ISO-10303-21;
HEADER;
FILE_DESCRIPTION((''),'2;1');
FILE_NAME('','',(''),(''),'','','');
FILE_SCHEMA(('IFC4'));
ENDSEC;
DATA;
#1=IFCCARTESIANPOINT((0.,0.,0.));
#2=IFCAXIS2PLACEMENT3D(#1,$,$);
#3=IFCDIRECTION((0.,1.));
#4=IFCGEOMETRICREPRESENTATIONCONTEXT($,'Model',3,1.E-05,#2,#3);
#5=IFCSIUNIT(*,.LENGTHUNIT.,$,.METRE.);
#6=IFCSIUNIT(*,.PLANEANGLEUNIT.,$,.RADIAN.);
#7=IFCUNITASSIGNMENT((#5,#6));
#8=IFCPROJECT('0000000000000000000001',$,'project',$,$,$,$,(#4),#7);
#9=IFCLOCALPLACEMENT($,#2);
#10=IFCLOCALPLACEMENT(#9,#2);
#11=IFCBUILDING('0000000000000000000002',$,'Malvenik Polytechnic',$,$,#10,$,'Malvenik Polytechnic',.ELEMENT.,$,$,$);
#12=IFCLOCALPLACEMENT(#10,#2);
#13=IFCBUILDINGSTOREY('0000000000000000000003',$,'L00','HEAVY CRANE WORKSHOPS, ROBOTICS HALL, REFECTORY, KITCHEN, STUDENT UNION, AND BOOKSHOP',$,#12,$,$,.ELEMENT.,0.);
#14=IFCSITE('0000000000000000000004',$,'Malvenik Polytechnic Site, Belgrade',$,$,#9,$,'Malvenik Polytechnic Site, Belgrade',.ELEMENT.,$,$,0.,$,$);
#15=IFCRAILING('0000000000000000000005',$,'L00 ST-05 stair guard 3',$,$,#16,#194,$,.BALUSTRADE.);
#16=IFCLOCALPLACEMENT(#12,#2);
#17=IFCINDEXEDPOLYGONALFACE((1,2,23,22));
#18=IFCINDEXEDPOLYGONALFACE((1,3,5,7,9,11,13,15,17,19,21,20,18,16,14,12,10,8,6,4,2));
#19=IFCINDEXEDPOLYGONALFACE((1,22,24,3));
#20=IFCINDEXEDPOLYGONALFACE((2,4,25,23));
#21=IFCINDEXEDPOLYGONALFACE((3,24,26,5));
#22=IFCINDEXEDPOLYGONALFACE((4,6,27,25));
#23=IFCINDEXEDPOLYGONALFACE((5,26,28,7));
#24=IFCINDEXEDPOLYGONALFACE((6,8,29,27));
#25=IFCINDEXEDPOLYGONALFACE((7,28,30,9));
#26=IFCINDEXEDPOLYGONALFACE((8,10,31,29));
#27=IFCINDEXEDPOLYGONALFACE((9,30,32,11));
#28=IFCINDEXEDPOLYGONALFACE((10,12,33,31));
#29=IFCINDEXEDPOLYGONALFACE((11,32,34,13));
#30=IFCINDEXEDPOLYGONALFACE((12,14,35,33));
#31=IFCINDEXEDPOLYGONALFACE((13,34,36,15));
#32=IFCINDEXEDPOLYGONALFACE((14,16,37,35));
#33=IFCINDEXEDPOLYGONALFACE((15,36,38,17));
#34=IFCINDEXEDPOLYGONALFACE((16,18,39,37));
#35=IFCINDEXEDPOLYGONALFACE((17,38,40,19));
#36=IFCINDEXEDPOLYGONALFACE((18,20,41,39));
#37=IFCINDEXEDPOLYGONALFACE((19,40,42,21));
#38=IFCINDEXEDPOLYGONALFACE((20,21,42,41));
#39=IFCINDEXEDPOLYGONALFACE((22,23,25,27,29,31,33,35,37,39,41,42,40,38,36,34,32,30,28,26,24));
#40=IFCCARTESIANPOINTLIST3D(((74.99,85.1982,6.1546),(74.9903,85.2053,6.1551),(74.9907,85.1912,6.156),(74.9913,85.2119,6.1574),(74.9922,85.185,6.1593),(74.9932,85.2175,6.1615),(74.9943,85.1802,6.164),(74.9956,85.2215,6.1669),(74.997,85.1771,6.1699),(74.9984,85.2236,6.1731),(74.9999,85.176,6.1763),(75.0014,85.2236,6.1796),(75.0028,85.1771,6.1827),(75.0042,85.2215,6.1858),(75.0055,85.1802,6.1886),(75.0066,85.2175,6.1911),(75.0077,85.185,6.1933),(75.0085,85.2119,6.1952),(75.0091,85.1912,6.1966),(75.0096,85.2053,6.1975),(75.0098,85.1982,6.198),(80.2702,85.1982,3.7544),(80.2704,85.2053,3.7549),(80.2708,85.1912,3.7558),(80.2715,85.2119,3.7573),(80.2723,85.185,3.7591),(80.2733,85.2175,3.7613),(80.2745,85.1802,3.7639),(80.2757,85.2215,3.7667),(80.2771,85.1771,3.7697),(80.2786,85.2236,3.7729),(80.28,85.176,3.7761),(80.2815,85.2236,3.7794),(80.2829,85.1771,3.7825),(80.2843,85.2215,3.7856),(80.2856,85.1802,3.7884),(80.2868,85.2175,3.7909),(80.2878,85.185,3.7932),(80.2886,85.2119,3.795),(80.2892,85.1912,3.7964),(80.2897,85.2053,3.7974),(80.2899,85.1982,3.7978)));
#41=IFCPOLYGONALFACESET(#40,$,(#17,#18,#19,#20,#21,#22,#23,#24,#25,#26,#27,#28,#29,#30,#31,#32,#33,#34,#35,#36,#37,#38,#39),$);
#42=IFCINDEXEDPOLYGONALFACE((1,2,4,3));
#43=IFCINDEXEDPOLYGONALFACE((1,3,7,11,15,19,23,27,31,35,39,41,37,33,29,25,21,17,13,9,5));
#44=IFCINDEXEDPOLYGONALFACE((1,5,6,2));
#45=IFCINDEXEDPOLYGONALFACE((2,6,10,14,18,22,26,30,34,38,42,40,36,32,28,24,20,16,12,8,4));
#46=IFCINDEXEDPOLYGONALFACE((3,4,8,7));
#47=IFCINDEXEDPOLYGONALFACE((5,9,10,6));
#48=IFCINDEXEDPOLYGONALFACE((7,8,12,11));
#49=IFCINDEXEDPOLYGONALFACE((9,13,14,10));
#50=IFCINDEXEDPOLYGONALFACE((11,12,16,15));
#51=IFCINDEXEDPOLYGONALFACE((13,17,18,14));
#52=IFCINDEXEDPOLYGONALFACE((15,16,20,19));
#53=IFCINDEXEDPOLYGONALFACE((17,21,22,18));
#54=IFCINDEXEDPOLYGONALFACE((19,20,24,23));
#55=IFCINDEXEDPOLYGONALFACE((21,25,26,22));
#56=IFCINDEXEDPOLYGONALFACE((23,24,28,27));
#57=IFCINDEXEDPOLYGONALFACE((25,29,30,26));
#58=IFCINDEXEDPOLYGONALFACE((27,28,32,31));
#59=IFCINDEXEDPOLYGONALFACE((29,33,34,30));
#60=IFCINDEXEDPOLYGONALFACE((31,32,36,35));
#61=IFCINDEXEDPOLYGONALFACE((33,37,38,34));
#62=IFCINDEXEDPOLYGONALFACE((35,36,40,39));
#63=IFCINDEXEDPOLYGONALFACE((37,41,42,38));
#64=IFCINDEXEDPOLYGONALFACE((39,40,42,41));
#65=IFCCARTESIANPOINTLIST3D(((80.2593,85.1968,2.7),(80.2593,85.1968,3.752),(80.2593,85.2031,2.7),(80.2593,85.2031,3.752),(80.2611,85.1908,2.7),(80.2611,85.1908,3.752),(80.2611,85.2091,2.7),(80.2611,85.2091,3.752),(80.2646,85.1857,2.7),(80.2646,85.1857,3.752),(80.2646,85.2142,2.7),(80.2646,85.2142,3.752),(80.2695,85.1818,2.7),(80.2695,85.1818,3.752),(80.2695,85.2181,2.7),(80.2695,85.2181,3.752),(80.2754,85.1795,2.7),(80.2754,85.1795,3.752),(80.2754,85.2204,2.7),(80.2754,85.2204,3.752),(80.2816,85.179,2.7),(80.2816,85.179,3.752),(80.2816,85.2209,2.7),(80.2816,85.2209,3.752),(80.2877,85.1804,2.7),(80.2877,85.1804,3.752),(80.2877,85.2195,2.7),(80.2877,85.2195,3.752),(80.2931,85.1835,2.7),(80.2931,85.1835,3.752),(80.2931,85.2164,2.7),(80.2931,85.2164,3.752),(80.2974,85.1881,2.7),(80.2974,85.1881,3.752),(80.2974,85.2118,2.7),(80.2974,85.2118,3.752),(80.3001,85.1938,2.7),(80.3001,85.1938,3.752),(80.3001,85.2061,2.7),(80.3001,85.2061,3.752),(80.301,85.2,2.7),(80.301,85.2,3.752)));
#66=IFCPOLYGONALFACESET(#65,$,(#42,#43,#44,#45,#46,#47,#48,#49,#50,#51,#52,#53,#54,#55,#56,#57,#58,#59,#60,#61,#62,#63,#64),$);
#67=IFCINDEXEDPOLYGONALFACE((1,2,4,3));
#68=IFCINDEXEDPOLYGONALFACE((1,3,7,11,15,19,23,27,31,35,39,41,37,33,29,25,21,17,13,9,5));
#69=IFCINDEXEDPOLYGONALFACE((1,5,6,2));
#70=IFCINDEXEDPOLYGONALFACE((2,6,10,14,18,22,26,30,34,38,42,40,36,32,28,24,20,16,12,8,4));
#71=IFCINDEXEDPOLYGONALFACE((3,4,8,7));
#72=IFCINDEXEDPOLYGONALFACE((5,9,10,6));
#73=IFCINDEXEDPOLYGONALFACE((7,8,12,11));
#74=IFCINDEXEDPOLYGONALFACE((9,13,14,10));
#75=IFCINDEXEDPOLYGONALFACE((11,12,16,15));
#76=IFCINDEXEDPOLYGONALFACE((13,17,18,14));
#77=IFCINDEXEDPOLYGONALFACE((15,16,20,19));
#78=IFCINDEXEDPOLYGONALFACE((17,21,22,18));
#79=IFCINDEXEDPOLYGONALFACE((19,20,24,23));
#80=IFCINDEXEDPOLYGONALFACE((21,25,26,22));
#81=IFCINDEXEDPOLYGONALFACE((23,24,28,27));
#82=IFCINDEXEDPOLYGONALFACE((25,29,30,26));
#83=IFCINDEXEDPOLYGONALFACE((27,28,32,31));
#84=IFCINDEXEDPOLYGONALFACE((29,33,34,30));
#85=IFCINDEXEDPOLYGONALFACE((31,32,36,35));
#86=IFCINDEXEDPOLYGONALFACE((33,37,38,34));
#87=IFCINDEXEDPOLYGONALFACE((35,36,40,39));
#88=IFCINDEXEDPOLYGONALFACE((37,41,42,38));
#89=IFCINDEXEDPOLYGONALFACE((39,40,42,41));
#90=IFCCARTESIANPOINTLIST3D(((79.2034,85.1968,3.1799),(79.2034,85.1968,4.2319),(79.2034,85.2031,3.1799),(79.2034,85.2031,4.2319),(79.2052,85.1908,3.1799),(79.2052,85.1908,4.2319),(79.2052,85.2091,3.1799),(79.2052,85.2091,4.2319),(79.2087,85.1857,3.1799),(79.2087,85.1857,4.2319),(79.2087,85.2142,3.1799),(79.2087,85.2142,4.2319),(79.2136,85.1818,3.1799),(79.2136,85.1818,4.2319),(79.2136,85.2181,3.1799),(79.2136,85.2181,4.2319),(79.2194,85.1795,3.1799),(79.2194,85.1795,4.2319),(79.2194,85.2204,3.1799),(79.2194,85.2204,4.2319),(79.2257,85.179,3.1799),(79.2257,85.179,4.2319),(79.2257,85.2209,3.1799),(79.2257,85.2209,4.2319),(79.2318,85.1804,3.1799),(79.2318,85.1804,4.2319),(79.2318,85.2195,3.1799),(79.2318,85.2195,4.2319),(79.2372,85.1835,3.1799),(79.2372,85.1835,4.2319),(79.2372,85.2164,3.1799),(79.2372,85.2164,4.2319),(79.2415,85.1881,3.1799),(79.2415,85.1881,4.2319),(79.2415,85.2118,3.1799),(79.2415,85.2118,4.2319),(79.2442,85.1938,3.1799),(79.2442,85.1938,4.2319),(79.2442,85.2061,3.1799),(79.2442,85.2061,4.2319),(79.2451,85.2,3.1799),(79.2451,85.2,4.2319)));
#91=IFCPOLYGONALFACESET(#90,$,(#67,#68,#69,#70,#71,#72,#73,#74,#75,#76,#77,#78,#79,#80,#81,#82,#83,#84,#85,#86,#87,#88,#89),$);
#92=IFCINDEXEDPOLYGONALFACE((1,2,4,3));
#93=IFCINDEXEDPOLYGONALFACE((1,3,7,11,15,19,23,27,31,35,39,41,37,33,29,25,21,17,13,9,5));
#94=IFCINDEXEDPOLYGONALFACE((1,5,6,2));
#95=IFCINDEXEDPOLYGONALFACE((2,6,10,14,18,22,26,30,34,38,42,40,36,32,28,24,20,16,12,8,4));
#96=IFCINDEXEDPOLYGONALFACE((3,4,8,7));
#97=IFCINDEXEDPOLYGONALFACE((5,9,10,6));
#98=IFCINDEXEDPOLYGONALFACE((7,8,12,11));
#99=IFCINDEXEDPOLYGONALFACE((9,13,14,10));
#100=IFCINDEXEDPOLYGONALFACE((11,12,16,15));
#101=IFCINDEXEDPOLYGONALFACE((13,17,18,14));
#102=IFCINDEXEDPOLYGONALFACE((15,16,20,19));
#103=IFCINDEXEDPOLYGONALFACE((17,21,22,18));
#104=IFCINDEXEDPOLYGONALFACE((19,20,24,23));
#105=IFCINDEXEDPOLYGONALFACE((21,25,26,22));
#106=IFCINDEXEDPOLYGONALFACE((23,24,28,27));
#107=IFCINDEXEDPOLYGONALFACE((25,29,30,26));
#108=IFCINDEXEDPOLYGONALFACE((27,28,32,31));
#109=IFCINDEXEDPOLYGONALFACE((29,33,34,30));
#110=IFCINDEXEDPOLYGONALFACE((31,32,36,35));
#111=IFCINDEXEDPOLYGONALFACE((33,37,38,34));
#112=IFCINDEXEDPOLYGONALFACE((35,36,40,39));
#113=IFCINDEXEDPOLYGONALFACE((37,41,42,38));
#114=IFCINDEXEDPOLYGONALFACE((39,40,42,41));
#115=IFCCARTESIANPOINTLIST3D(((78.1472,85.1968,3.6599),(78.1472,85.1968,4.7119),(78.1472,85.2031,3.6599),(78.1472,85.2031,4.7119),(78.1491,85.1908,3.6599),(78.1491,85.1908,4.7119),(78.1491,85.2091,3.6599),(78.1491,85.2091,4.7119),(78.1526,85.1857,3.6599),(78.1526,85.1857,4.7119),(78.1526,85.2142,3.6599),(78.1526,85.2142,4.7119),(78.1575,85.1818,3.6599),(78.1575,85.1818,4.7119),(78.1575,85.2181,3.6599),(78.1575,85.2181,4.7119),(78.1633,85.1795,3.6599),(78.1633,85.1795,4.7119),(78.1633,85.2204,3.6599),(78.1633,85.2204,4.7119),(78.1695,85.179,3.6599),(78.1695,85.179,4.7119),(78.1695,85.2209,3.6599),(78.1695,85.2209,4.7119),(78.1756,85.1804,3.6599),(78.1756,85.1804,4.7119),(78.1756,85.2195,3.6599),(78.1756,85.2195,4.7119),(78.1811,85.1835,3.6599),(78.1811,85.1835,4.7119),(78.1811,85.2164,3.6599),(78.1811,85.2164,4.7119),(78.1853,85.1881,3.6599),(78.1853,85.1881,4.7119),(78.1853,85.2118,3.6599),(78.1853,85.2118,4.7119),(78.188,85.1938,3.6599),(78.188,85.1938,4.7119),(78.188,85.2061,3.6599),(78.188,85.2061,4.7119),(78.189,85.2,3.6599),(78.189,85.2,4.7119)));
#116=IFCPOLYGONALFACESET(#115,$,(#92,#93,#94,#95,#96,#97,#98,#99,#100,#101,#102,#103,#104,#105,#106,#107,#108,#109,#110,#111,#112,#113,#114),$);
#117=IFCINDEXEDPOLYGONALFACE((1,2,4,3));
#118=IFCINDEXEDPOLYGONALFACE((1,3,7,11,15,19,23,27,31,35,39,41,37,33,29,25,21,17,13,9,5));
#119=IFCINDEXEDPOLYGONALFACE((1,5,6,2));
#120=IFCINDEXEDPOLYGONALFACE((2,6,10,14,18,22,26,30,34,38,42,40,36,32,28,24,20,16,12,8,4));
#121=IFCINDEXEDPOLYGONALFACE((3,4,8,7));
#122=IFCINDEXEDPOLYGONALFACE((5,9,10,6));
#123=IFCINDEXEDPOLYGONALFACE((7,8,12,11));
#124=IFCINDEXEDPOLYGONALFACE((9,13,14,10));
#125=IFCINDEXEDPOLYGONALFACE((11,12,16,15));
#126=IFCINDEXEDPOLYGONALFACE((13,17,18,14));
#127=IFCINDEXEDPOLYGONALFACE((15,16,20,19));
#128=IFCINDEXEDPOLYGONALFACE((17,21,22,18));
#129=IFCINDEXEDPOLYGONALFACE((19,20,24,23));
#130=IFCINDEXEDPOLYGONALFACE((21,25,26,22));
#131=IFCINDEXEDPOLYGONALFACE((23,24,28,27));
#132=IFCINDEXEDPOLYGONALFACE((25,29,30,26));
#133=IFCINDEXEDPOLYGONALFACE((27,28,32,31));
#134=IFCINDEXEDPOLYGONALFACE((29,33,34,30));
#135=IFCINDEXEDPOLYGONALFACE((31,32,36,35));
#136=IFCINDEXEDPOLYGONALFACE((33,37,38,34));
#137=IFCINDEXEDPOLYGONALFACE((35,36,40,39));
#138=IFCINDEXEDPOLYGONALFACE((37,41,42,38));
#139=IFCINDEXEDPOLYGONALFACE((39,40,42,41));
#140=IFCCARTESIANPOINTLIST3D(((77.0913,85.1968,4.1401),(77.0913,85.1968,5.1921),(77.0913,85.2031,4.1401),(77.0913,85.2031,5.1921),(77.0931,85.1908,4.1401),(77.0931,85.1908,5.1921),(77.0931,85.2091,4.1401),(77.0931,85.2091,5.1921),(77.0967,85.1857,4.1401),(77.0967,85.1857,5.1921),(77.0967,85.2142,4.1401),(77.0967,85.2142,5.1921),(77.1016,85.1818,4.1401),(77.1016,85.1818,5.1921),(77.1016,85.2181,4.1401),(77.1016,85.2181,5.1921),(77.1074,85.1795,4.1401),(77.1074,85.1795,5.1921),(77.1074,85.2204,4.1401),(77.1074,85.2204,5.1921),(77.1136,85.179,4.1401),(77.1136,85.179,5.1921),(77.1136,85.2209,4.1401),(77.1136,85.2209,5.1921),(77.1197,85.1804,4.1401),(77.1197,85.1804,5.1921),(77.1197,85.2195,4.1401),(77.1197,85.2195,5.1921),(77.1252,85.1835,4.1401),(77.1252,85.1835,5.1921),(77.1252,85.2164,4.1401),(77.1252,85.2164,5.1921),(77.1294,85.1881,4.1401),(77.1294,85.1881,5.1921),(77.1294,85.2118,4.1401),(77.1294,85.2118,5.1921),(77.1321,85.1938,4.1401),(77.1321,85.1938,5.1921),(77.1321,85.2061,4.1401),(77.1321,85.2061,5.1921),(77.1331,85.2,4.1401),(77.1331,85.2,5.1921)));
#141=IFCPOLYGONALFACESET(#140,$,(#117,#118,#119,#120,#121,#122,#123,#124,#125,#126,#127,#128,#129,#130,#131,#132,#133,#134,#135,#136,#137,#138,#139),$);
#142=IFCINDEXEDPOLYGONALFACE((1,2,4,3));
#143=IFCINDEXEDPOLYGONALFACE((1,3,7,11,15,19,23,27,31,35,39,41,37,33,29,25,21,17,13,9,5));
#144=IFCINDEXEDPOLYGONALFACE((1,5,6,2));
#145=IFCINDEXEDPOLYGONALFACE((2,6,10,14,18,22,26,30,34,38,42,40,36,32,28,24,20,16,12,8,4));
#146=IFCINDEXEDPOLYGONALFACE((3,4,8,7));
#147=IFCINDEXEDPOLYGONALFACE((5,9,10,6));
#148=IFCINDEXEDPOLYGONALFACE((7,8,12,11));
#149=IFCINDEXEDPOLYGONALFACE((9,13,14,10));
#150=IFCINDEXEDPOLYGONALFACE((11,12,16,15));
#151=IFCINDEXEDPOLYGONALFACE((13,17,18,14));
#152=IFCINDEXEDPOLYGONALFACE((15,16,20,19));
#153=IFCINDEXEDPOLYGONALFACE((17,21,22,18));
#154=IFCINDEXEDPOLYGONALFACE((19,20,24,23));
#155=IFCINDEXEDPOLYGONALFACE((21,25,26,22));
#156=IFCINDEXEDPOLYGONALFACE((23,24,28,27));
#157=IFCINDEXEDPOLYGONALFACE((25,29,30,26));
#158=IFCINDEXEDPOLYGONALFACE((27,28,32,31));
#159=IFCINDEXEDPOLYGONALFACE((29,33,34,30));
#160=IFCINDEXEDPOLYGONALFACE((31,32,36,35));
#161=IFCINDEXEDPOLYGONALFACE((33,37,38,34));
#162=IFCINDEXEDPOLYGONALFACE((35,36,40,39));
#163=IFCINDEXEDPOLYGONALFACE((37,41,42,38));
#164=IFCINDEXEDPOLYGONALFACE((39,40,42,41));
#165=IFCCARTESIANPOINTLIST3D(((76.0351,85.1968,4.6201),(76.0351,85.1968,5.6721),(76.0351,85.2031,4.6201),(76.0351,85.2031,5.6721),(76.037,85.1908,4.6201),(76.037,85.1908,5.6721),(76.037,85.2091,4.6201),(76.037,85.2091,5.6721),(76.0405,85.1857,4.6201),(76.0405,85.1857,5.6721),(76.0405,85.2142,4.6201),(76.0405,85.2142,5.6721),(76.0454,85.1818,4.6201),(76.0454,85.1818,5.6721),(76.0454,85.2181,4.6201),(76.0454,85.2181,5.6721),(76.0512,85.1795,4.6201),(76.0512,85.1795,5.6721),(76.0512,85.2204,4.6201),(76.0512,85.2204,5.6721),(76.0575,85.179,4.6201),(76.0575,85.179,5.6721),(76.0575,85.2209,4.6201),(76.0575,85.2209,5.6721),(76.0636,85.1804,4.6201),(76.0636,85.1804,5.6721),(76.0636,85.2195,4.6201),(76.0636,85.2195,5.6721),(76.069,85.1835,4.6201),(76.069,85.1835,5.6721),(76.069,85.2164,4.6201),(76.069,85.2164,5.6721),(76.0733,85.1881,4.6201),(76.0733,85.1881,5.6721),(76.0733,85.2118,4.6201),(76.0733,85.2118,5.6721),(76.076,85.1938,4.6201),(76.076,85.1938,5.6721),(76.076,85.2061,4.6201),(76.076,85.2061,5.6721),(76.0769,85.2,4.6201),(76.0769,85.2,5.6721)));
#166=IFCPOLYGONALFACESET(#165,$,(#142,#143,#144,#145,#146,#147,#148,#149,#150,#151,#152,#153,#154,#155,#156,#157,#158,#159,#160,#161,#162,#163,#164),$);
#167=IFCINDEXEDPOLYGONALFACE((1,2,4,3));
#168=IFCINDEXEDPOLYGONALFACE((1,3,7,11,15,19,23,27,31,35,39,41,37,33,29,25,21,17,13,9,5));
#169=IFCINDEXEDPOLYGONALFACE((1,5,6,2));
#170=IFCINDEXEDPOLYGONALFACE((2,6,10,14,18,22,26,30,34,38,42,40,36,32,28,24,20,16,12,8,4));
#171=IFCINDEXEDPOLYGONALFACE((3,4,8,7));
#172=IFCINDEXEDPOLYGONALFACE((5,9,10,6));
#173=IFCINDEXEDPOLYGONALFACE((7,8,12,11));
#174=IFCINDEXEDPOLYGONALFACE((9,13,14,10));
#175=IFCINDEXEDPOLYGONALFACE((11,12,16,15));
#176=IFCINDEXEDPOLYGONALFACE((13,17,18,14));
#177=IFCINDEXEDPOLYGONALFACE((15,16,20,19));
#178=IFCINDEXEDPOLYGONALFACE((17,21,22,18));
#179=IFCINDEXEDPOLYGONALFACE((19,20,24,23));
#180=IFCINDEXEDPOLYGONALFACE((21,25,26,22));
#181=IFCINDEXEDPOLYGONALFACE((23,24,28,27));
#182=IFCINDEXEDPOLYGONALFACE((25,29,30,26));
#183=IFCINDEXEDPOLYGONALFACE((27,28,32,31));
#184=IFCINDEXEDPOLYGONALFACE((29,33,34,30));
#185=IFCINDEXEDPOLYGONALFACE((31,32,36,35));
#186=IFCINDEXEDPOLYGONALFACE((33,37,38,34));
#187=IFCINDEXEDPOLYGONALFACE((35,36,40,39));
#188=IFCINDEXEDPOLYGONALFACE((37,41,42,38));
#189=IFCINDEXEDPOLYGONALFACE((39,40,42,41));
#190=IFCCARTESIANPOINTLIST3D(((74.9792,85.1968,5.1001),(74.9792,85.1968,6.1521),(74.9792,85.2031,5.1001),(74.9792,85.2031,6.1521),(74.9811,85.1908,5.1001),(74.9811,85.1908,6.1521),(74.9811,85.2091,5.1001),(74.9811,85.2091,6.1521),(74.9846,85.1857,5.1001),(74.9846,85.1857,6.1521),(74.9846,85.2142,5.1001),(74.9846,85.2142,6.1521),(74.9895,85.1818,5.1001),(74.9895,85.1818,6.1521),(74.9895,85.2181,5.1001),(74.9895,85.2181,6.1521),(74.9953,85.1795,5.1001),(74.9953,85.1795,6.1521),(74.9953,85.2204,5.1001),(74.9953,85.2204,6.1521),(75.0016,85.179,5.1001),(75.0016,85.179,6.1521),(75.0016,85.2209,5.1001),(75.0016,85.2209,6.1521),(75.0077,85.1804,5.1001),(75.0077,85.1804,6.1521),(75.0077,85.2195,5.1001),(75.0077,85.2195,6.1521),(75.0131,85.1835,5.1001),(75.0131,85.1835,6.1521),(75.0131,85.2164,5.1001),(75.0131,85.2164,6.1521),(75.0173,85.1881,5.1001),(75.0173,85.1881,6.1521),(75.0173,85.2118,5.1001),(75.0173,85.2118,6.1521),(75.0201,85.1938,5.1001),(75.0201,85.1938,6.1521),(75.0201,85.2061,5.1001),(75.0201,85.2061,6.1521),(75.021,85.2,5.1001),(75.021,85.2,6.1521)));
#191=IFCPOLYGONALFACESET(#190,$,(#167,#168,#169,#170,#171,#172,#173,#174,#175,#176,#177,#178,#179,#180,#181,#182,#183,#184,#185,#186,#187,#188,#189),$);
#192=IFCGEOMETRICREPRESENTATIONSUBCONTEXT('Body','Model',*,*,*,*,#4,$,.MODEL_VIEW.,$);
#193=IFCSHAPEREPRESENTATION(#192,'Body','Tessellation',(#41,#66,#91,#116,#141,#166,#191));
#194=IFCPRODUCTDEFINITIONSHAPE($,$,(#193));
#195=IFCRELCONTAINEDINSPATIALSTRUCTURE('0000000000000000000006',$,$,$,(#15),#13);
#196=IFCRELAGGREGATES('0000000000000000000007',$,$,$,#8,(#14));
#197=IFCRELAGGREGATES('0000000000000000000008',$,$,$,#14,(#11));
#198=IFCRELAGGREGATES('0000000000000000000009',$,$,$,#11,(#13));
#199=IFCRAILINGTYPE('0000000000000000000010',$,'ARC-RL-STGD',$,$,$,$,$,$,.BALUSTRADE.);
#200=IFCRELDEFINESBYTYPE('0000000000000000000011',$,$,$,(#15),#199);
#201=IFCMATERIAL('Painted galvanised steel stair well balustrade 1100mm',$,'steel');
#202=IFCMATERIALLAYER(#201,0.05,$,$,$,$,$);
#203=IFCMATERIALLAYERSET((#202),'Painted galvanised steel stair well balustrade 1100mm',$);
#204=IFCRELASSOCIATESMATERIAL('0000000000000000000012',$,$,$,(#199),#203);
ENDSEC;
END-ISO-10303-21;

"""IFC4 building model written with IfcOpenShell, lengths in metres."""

from ifc_helpers import new_model, si_unit, direction, frame, origin, origin_2d, place, context, subcontext, project, spatial, circle, extrude, material, layer, layer_set, type_object, element, save


model = new_model("IFC4")

# Units and contexts
model_context = context("Model", 3, precision=1e-05, world=origin(), true_north=direction((0.0, 1.0)))
body_context = subcontext(model_context, "Body", "Model", "MODEL_VIEW")
ifc_project = project(units=[si_unit("LENGTHUNIT", "METRE"), si_unit("PLANEANGLEUNIT", "RADIAN")], contexts=[model_context])

# Site, building, storey
site_placement = place(None, origin())
site = spatial("IfcSite", under=ifc_project, at=site_placement, Name="Malvenik Polytechnic Site, Belgrade", LongName="Malvenik Polytechnic Site, Belgrade", CompositionType="ELEMENT", RefElevation=0.0)
building_placement = place(site_placement, origin())
building = spatial("IfcBuilding", under=site, at=building_placement, Name="Malvenik Polytechnic", LongName="Malvenik Polytechnic", CompositionType="ELEMENT")
storey_placement = place(building_placement, origin())
storey = spatial("IfcBuildingStorey", under=building, at=storey_placement, Name="L00", Description="HEAVY CRANE WORKSHOPS, ROBOTICS HALL, REFECTORY, KITCHEN, STUDENT UNION, AND BOOKSHOP", CompositionType="ELEMENT", Elevation=0.0)

# Railing
ifc_material_1 = material(Name="Painted galvanised steel stair well balustrade 1100mm", Category="steel")
ifc_layer_1 = layer(ifc_material_1, 0.05)
ifc_layer_set_1 = layer_set([ifc_layer_1], Name="Painted galvanised steel stair well balustrade 1100mm")
railing_type = type_object("IfcRailingType", Name="ARC-RL-STGD", PredefinedType="BALUSTRADE", material=ifc_layer_set_1)
railing_1_placement = place(storey_placement, frame((80.28, 85.2, 2.7)))
element("IfcRailing", 1, at=railing_1_placement, inside=storey, type_object=railing_type, Name="L00 ST-05 stair guard 3", PredefinedType="BALUSTRADE", context=body_context, shape_type="SweptSolid", body=[
    extrude(circle(Radius=0.0239, at=origin_2d()), frame((0.0, 0.0, 1.0762), z_axis=(-0.910358, 0.0, 0.413822), x_axis=(0.0, -1.0, 0.0)), (0.0, 0.0, 1.0), 5.8),
    extrude(circle(Radius=0.021, at=origin_2d()), origin(), (0.0, 0.0, 1.0), 1.052),
    extrude(circle(Radius=0.021, at=origin_2d()), frame((-1.0559, 0.0, 0.48)), (0.0, 0.0, 1.0), 1.052),
    extrude(circle(Radius=0.021, at=origin_2d()), frame((-2.1121, 0.0, 0.96)), (0.0, 0.0, 1.0), 1.052),
    extrude(circle(Radius=0.021, at=origin_2d()), frame((-3.168, 0.0, 1.4402)), (0.0, 0.0, 1.0), 1.052),
    extrude(circle(Radius=0.021, at=origin_2d()), frame((-4.2241, 0.0, 1.9202)), (0.0, 0.0, 1.0), 1.052),
    extrude(circle(Radius=0.021, at=origin_2d()), frame((-5.28, 0.0, 2.4001)), (0.0, 0.0, 1.0), 1.052),
])

save(model, "model.ifc")
